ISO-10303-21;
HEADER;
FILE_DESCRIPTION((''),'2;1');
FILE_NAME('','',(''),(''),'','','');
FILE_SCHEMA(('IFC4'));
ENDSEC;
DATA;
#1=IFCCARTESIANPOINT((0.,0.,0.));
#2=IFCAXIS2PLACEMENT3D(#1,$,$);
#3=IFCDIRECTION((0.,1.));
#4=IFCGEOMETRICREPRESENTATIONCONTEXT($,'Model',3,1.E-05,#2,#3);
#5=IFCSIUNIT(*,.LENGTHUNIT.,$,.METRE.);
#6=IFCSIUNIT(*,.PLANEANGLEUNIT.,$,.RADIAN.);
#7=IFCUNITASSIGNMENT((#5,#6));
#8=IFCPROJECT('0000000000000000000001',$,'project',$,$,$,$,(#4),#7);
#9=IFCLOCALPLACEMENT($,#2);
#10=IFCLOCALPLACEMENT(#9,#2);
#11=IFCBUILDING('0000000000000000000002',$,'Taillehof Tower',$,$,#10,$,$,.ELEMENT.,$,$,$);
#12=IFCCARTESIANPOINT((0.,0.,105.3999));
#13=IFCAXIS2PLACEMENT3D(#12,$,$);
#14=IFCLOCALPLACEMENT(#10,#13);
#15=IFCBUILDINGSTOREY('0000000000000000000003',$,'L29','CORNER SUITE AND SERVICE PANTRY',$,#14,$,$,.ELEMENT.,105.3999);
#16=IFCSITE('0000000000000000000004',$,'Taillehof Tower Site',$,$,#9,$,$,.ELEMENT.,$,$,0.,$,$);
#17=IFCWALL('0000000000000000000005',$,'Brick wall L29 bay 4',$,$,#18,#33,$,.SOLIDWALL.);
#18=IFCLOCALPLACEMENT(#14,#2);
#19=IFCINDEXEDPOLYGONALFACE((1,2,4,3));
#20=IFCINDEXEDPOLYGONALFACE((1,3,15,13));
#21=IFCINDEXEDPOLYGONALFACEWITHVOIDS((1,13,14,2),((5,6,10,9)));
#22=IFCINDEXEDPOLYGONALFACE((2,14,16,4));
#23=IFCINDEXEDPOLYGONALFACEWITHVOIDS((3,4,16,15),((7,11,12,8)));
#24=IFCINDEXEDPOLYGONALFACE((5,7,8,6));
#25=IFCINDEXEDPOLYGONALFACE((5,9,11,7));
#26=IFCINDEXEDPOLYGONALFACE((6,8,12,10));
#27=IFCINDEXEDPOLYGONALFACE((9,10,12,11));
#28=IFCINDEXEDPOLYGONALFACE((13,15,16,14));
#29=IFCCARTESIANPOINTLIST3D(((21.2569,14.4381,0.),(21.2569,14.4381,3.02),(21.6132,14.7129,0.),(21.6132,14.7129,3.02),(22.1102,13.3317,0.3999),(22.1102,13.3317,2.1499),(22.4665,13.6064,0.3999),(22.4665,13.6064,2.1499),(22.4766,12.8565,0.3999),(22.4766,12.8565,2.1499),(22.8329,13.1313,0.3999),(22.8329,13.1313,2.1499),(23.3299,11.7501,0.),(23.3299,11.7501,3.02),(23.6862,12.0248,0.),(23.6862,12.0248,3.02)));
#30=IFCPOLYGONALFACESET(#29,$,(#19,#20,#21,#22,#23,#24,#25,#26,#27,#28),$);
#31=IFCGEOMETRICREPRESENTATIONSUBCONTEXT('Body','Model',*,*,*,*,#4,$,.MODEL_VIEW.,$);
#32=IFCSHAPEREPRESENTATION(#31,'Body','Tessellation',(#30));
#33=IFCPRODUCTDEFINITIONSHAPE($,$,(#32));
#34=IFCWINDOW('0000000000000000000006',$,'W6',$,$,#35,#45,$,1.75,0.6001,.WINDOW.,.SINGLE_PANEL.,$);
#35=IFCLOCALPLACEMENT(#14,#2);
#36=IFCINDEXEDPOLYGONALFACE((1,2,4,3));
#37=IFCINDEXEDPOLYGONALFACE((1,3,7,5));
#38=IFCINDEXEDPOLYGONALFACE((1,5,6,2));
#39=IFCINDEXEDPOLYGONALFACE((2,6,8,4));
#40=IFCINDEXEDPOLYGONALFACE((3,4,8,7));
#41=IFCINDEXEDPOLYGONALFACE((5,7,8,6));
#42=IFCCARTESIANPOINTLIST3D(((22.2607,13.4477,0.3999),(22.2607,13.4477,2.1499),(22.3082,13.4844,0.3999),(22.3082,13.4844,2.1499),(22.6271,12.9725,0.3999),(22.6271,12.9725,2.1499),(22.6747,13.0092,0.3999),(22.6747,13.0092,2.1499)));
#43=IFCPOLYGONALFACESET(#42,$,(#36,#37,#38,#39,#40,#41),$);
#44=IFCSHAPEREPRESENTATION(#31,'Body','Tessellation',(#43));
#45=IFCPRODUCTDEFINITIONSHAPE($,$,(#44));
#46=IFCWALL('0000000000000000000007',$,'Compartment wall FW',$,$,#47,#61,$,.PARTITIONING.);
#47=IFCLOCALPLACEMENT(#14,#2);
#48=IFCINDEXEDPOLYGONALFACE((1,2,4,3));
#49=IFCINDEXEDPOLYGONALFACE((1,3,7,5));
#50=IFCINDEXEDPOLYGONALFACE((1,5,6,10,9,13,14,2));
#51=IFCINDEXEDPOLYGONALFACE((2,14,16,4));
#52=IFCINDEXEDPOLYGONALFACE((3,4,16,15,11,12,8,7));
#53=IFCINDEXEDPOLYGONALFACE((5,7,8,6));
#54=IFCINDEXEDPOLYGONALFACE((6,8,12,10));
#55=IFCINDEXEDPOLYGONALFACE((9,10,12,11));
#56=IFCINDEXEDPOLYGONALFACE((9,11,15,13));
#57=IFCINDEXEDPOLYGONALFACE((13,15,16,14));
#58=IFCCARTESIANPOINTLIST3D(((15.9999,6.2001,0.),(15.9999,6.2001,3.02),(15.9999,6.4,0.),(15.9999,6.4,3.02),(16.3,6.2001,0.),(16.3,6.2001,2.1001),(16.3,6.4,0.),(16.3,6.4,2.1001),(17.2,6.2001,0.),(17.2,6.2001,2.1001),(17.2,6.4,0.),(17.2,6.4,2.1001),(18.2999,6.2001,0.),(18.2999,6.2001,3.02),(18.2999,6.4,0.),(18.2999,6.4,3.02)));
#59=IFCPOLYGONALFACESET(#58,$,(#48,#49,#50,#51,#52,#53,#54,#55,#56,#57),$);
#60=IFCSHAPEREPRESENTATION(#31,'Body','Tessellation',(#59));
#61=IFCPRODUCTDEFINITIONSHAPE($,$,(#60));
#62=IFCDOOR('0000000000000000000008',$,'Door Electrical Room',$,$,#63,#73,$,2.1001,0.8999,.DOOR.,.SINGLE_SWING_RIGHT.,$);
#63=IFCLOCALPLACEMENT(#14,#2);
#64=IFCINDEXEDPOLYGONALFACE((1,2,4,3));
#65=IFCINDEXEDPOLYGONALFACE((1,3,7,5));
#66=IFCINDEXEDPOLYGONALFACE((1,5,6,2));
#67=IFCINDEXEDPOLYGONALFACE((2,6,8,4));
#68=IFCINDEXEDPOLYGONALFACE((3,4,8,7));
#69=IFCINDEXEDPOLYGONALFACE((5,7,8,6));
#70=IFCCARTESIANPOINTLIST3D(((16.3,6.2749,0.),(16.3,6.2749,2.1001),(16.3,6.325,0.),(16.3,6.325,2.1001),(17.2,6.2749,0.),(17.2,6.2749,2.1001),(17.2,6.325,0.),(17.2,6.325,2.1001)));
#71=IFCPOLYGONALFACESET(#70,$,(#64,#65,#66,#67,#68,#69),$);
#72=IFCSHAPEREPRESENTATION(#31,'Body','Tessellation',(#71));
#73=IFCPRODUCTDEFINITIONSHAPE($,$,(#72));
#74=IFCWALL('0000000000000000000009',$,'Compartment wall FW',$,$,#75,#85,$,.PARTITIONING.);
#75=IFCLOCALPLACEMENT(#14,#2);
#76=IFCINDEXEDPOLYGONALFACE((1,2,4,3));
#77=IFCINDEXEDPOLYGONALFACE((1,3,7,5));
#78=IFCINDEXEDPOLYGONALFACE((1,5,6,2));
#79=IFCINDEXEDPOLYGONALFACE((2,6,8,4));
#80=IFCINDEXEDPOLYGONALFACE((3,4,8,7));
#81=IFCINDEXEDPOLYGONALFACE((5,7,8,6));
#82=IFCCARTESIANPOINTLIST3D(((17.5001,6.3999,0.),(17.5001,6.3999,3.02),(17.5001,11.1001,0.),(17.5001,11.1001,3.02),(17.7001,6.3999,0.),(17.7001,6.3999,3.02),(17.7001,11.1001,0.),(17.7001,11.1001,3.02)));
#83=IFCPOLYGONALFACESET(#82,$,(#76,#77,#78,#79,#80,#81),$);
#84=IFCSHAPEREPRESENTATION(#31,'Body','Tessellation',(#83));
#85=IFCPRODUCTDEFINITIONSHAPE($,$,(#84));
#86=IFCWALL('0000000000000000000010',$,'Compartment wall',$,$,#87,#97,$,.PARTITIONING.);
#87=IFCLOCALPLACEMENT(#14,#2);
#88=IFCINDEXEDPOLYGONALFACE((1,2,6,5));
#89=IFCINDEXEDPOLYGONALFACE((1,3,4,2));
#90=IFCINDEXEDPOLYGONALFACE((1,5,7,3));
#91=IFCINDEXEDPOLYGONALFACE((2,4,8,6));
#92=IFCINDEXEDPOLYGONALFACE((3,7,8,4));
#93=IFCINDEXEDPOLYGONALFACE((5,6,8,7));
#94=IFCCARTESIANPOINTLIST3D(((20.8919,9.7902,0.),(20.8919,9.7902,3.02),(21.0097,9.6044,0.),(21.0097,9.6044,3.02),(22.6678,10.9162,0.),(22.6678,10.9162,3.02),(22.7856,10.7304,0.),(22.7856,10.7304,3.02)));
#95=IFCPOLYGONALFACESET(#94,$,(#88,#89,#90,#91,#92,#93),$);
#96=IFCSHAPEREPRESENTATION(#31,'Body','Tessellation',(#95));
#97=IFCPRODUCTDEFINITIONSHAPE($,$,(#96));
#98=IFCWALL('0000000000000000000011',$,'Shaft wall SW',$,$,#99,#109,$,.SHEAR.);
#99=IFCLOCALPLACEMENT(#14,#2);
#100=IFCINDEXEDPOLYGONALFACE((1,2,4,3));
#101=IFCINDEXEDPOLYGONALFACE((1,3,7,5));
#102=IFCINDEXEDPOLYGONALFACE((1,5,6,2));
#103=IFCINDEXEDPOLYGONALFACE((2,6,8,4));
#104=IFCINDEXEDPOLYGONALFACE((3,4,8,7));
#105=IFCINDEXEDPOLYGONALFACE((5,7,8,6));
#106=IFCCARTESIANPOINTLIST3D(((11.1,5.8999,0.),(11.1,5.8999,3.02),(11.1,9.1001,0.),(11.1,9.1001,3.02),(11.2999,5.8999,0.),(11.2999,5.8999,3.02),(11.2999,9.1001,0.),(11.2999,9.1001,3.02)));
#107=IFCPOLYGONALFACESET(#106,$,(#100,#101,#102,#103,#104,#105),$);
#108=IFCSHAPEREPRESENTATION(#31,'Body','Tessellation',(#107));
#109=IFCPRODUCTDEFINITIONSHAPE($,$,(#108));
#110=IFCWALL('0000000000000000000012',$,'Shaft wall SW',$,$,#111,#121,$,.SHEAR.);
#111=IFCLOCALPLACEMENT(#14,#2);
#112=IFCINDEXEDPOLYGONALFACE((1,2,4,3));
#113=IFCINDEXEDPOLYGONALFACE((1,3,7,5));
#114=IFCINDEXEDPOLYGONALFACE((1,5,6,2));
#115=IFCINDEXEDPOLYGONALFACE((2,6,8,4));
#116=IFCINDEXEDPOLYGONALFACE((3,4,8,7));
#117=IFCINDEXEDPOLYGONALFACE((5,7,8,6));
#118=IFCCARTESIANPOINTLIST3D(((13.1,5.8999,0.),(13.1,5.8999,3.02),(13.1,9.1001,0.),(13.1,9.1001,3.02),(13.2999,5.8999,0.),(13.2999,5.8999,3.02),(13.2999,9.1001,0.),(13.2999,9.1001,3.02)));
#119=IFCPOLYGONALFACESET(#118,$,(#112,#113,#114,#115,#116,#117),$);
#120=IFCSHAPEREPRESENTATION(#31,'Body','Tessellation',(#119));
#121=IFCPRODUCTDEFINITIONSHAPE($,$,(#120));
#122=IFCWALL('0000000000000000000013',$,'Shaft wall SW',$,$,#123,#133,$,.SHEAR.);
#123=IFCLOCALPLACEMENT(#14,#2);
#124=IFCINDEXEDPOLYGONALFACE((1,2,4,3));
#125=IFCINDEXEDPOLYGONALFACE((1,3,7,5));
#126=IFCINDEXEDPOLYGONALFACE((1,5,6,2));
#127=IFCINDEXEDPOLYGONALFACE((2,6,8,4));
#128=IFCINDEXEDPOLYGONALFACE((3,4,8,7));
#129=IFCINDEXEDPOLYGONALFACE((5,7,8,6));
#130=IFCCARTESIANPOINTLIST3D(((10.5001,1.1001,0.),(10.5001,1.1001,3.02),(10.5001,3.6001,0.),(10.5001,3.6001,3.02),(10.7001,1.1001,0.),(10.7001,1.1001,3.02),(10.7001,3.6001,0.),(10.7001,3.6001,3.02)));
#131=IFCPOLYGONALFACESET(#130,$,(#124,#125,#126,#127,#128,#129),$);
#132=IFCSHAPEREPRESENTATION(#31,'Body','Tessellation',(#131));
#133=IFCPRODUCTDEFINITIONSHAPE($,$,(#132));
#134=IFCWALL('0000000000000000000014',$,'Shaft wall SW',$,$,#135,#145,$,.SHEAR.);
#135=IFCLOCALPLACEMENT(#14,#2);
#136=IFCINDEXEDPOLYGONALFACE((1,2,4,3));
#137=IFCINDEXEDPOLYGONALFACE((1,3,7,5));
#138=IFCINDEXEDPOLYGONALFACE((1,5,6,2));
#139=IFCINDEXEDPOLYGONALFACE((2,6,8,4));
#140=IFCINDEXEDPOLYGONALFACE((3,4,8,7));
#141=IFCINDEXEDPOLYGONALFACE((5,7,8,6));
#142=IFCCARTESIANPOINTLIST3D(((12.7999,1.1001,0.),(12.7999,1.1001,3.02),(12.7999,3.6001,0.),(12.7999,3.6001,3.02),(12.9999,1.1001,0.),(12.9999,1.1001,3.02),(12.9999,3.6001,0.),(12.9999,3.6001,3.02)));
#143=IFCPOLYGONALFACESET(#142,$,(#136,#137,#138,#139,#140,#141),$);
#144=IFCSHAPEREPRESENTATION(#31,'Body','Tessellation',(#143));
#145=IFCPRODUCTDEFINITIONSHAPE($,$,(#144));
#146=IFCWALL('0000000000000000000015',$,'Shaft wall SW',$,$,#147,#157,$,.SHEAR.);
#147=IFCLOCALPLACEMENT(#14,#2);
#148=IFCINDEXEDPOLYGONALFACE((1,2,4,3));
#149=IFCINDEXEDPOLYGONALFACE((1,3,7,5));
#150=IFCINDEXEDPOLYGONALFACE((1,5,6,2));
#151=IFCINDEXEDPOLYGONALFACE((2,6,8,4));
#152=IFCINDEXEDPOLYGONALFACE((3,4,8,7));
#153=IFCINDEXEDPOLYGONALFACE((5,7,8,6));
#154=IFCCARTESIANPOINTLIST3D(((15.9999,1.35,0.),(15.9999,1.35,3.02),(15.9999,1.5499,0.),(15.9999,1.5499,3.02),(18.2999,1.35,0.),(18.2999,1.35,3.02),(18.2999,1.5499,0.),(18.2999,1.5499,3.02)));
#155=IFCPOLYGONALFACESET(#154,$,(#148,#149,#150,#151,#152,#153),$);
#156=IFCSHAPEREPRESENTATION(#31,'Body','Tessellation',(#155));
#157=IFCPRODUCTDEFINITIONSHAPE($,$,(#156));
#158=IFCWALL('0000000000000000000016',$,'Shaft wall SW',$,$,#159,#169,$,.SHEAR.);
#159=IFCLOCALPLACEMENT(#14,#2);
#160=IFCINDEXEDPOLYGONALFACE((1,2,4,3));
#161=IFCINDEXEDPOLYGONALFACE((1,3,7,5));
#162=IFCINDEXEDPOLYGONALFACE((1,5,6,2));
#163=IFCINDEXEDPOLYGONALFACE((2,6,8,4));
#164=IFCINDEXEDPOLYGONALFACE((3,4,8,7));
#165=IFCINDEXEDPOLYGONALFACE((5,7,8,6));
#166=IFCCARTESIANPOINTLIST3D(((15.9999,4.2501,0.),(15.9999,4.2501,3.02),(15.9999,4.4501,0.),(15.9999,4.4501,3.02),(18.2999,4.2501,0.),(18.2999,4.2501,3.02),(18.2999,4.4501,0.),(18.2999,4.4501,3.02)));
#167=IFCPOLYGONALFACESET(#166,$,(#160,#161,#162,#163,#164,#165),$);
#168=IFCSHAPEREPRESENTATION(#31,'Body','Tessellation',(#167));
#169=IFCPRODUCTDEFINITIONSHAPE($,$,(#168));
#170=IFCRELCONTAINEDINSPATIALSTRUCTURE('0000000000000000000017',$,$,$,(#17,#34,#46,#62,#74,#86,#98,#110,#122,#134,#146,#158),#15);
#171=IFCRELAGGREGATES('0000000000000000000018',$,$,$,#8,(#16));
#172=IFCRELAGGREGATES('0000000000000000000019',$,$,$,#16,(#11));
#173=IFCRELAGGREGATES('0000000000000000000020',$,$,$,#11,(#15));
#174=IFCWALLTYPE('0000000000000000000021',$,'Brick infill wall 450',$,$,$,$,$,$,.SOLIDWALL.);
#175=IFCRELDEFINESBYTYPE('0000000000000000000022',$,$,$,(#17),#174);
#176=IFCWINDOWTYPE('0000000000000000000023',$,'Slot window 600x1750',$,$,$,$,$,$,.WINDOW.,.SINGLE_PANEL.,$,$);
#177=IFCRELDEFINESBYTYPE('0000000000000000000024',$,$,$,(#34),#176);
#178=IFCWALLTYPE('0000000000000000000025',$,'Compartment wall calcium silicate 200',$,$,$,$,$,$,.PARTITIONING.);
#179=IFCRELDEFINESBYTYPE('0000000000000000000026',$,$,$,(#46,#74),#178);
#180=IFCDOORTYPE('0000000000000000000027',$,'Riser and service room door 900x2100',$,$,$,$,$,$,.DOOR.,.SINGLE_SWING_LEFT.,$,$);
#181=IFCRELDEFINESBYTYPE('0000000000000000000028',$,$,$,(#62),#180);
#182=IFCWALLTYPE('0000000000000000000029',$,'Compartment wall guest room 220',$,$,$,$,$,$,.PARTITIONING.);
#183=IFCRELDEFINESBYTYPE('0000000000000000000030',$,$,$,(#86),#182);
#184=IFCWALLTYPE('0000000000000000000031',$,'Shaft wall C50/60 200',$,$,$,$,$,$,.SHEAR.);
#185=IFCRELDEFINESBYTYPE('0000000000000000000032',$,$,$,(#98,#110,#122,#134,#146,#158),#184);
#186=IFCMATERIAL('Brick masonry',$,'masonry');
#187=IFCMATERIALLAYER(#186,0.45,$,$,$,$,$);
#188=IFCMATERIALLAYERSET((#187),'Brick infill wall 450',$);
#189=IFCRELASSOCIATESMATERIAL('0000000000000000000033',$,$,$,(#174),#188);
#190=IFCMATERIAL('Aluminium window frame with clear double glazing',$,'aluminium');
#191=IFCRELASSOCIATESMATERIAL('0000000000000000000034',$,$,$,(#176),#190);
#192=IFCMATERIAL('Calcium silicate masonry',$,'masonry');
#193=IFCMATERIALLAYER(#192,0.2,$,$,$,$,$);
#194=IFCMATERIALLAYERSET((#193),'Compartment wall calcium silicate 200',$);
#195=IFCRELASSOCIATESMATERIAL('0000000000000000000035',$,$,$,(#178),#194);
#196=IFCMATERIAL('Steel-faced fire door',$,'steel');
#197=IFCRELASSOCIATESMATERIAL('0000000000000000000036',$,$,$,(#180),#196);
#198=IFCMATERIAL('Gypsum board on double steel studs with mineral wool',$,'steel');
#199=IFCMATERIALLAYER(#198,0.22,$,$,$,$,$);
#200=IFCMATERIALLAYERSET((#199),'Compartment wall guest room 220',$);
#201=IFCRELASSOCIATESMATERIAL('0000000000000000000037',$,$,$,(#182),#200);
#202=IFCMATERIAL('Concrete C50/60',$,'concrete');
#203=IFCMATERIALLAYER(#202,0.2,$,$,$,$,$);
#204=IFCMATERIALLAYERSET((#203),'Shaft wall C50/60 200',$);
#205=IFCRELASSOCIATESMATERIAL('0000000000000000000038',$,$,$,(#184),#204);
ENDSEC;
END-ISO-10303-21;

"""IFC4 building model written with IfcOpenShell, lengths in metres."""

from ifc_helpers import new_model, si_unit, direction, frame, frame_2d, origin, place, context, subcontext, project, spatial, rectangle, extrude, material, layer, layer_set, type_object, element, fill, save


model = new_model("IFC4")

# Units and contexts
model_context = context("Model", 3, precision=1e-05, world=origin(), true_north=direction((0.0, 1.0)))
body_context = subcontext(model_context, "Body", "Model", "MODEL_VIEW")
ifc_project = project(units=[si_unit("LENGTHUNIT", "METRE"), si_unit("PLANEANGLEUNIT", "RADIAN")], contexts=[model_context])

# Site, building, storey
site_placement = place(None, origin())
site = spatial("IfcSite", under=ifc_project, at=site_placement, Name="Taillehof Tower Site", CompositionType="ELEMENT", RefElevation=0.0)
building_placement = place(site_placement, origin())
building = spatial("IfcBuilding", under=site, at=building_placement, Name="Taillehof Tower", CompositionType="ELEMENT")
storey_placement = place(building_placement, frame((0.0, 0.0, 105.3999)))
storey = spatial("IfcBuildingStorey", under=building, at=storey_placement, Name="L29", Description="CORNER SUITE AND SERVICE PANTRY", CompositionType="ELEMENT", Elevation=105.3999)

# Shared definitions
ifc_material_1 = material(Name="Brick masonry", Category="masonry")
ifc_layer_1 = layer(ifc_material_1, 0.45)
ifc_layer_set_1 = layer_set([ifc_layer_1], Name="Brick infill wall 450")
wall_type_1 = type_object("IfcWallType", Name="Brick infill wall 450", PredefinedType="SOLIDWALL", material=ifc_layer_set_1)
ifc_material_2 = material(Name="Aluminium window frame with clear double glazing", Category="aluminium")
window_type = type_object("IfcWindowType", Name="Slot window 600x1750", PartitioningType="SINGLE_PANEL", PredefinedType="WINDOW", material=ifc_material_2)

# Wall, opening, window
wall_1_placement = place(storey_placement, frame((23.5081, 11.8875, 0.0), z_axis=(0.0, 0.0, 1.0), x_axis=(-0.610694, 0.791867, 0.0)))
wall_1 = element("IfcWall", 1, at=wall_1_placement, inside=storey, type_object=wall_type_1, Name="Brick wall L29 bay 4", PredefinedType="SOLIDWALL", context=body_context, shape_type="SweptSolid", body=[
    extrude(rectangle(XDim=3.3945, YDim=0.45, at=frame_2d((1.6973, 0.0))), origin(), (0.0, 0.0, 1.0), 3.02),
])
opening_1_placement = place(wall_1_placement, frame((1.3972, 0.0, 0.3999)))
opening_1 = element("IfcOpeningElement", 2, at=opening_1_placement, cuts=wall_1, PredefinedType="OPENING", context=body_context, shape_type="SweptSolid", body=[
    extrude(rectangle(XDim=0.6001, YDim=1.75, at=frame_2d((0.3, 0.875))), frame((0.0, 0.2349, 0.0), z_axis=(0.0, -1.0, 0.0), x_axis=(1.0, 0.0, 0.0)), (0.0, 0.0, 1.0), 0.47),
])
window_1_placement = place(opening_1_placement, origin())
window_1 = element("IfcWindow", 3, at=window_1_placement, inside=storey, type_object=window_type, Name="W6", OverallHeight=1.75, OverallWidth=0.6001, PartitioningType="SINGLE_PANEL", PredefinedType="WINDOW", context=body_context, shape_type="SweptSolid", body=[
    extrude(rectangle(XDim=0.6001, YDim=1.75, at=frame_2d((0.3, 0.875))), frame((0.0, 0.0349, 0.0), z_axis=(0.0, -1.0, 0.0), x_axis=(1.0, 0.0, 0.0)), (0.0, 0.0, 1.0), 0.0601),
])
fill(opening_1, window_1)

# Wall, opening, door
ifc_material_3 = material(Name="Calcium silicate masonry", Category="masonry")
ifc_layer_2 = layer(ifc_material_3, 0.2)
ifc_layer_set_2 = layer_set([ifc_layer_2], Name="Compartment wall calcium silicate 200")
wall_type_2 = type_object("IfcWallType", Name="Compartment wall calcium silicate 200", PredefinedType="PARTITIONING", material=ifc_layer_set_2)
wall_2_placement = place(storey_placement, frame((16.0, 6.3, 0.0), z_axis=(0.0, 0.0, 1.0), x_axis=(1.0, 0.0, 0.0)))
wall_2 = element("IfcWall", 4, at=wall_2_placement, inside=storey, type_object=wall_type_2, Name="Compartment wall FW", PredefinedType="PARTITIONING", context=body_context, shape_type="SweptSolid", body=[
    extrude(rectangle(XDim=2.3, YDim=0.2, at=frame_2d((1.1499, 0.0))), origin(), (0.0, 0.0, 1.0), 3.02),
])
opening_2_placement = place(wall_2_placement, frame((0.3, 0.0, 0.0)))
opening_2 = element("IfcOpeningElement", 5, at=opening_2_placement, cuts=wall_2, PredefinedType="OPENING", context=body_context, shape_type="SweptSolid", body=[
    extrude(rectangle(XDim=0.8999, YDim=2.1001, at=frame_2d((0.45, 1.05))), frame((0.0, 0.1099, 0.0), z_axis=(0.0, -1.0, 0.0), x_axis=(1.0, 0.0, 0.0)), (0.0, 0.0, 1.0), 0.22),
])
ifc_material_4 = material(Name="Steel-faced fire door", Category="steel")
door_type = type_object("IfcDoorType", Name="Riser and service room door 900x2100", OperationType="SINGLE_SWING_LEFT", PredefinedType="DOOR", material=ifc_material_4)
door_placement = place(opening_2_placement, origin())
door = element("IfcDoor", 6, at=door_placement, inside=storey, type_object=door_type, Name="Door Electrical Room", OperationType="SINGLE_SWING_RIGHT", OverallHeight=2.1001, OverallWidth=0.8999, PredefinedType="DOOR", context=body_context, shape_type="SweptSolid", body=[
    extrude(rectangle(XDim=0.8999, YDim=2.1001, at=frame_2d((0.45, 1.05))), frame((0.0, 0.0249, 0.0), z_axis=(0.0, -1.0, 0.0), x_axis=(1.0, 0.0, 0.0)), (0.0, 0.0, 1.0), 0.05),
])
fill(opening_2, door)

# Walls
wall_3_placement = place(storey_placement, frame((17.6001, 6.3999, 0.0), z_axis=(0.0, 0.0, 1.0), x_axis=(0.0, 1.0, 0.0)))
element("IfcWall", 7, at=wall_3_placement, inside=storey, type_object=wall_type_2, Name="Compartment wall FW", PredefinedType="PARTITIONING", context=body_context, shape_type="SweptSolid", body=[
    extrude(rectangle(XDim=4.7002, YDim=0.2, at=frame_2d((2.3501, 0.0))), origin(), (0.0, 0.0, 1.0), 3.02),
])
ifc_material_5 = material(Name="Gypsum board on double steel studs with mineral wool", Category="steel")
ifc_layer_3 = layer(ifc_material_5, 0.22)
ifc_layer_set_3 = layer_set([ifc_layer_3], Name="Compartment wall guest room 220")
wall_type_3 = type_object("IfcWallType", Name="Compartment wall guest room 220", PredefinedType="PARTITIONING", material=ifc_layer_set_3)
wall_4_placement = place(storey_placement, frame((22.7266, 10.8232, 0.0), z_axis=(0.0, 0.0, 1.0), x_axis=(-0.84455, -0.535477, 0.0)))
element("IfcWall", 8, at=wall_4_placement, inside=storey, type_object=wall_type_3, Name="Compartment wall", PredefinedType="PARTITIONING", context=body_context, shape_type="SweptSolid", body=[
    extrude(rectangle(XDim=2.1028, YDim=0.22, at=frame_2d((1.0513, 0.0))), origin(), (0.0, 0.0, 1.0), 3.02),
])
ifc_material_6 = material(Name="Concrete C50/60", Category="concrete")
ifc_layer_4 = layer(ifc_material_6, 0.2)
ifc_layer_set_4 = layer_set([ifc_layer_4], Name="Shaft wall C50/60 200")
wall_type_4 = type_object("IfcWallType", Name="Shaft wall C50/60 200", PredefinedType="SHEAR", material=ifc_layer_set_4)
for number, where, z_axis, x_axis, name in (
    (9, (11.2, 5.8999, 0.0), (0.0, 0.0, 1.0), (0.0, 1.0, 0.0), "Shaft wall SW"),
    (10, (13.2, 5.8999, 0.0), (0.0, 0.0, 1.0), (0.0, 1.0, 0.0), "Shaft wall SW"),
):
    element("IfcWall", number, at=place(storey_placement, frame(where, z_axis=z_axis, x_axis=x_axis)), inside=storey, type_object=wall_type_4, Name=name, PredefinedType="SHEAR", context=body_context, shape_type="SweptSolid", body=[
        extrude(rectangle(XDim=3.2002, YDim=0.2, at=frame_2d((1.6001, 0.0))), origin(), (0.0, 0.0, 1.0), 3.02),
    ])
for number, where, z_axis, x_axis, name in (
    (11, (10.6001, 1.1001, 0.0), (0.0, 0.0, 1.0), (0.0, 1.0, 0.0), "Shaft wall SW"),
    (12, (12.8999, 1.1001, 0.0), (0.0, 0.0, 1.0), (0.0, 1.0, 0.0), "Shaft wall SW"),
):
    element("IfcWall", number, at=place(storey_placement, frame(where, z_axis=z_axis, x_axis=x_axis)), inside=storey, type_object=wall_type_4, Name=name, PredefinedType="SHEAR", context=body_context, shape_type="SweptSolid", body=[
        extrude(rectangle(XDim=2.5, YDim=0.2, at=frame_2d((1.25, 0.0))), origin(), (0.0, 0.0, 1.0), 3.02),
    ])
for number, where, z_axis, x_axis, name in (
    (13, (16.0, 1.45, 0.0), (0.0, 0.0, 1.0), (1.0, 0.0, 0.0), "Shaft wall SW"),
    (14, (16.0, 4.3501, 0.0), (0.0, 0.0, 1.0), (1.0, 0.0, 0.0), "Shaft wall SW"),
):
    element("IfcWall", number, at=place(storey_placement, frame(where, z_axis=z_axis, x_axis=x_axis)), inside=storey, type_object=wall_type_4, Name=name, PredefinedType="SHEAR", context=body_context, shape_type="SweptSolid", body=[
        extrude(rectangle(XDim=2.3, YDim=0.2, at=frame_2d((1.1499, 0.0))), origin(), (0.0, 0.0, 1.0), 3.02),
    ])

save(model, "model.ifc")
